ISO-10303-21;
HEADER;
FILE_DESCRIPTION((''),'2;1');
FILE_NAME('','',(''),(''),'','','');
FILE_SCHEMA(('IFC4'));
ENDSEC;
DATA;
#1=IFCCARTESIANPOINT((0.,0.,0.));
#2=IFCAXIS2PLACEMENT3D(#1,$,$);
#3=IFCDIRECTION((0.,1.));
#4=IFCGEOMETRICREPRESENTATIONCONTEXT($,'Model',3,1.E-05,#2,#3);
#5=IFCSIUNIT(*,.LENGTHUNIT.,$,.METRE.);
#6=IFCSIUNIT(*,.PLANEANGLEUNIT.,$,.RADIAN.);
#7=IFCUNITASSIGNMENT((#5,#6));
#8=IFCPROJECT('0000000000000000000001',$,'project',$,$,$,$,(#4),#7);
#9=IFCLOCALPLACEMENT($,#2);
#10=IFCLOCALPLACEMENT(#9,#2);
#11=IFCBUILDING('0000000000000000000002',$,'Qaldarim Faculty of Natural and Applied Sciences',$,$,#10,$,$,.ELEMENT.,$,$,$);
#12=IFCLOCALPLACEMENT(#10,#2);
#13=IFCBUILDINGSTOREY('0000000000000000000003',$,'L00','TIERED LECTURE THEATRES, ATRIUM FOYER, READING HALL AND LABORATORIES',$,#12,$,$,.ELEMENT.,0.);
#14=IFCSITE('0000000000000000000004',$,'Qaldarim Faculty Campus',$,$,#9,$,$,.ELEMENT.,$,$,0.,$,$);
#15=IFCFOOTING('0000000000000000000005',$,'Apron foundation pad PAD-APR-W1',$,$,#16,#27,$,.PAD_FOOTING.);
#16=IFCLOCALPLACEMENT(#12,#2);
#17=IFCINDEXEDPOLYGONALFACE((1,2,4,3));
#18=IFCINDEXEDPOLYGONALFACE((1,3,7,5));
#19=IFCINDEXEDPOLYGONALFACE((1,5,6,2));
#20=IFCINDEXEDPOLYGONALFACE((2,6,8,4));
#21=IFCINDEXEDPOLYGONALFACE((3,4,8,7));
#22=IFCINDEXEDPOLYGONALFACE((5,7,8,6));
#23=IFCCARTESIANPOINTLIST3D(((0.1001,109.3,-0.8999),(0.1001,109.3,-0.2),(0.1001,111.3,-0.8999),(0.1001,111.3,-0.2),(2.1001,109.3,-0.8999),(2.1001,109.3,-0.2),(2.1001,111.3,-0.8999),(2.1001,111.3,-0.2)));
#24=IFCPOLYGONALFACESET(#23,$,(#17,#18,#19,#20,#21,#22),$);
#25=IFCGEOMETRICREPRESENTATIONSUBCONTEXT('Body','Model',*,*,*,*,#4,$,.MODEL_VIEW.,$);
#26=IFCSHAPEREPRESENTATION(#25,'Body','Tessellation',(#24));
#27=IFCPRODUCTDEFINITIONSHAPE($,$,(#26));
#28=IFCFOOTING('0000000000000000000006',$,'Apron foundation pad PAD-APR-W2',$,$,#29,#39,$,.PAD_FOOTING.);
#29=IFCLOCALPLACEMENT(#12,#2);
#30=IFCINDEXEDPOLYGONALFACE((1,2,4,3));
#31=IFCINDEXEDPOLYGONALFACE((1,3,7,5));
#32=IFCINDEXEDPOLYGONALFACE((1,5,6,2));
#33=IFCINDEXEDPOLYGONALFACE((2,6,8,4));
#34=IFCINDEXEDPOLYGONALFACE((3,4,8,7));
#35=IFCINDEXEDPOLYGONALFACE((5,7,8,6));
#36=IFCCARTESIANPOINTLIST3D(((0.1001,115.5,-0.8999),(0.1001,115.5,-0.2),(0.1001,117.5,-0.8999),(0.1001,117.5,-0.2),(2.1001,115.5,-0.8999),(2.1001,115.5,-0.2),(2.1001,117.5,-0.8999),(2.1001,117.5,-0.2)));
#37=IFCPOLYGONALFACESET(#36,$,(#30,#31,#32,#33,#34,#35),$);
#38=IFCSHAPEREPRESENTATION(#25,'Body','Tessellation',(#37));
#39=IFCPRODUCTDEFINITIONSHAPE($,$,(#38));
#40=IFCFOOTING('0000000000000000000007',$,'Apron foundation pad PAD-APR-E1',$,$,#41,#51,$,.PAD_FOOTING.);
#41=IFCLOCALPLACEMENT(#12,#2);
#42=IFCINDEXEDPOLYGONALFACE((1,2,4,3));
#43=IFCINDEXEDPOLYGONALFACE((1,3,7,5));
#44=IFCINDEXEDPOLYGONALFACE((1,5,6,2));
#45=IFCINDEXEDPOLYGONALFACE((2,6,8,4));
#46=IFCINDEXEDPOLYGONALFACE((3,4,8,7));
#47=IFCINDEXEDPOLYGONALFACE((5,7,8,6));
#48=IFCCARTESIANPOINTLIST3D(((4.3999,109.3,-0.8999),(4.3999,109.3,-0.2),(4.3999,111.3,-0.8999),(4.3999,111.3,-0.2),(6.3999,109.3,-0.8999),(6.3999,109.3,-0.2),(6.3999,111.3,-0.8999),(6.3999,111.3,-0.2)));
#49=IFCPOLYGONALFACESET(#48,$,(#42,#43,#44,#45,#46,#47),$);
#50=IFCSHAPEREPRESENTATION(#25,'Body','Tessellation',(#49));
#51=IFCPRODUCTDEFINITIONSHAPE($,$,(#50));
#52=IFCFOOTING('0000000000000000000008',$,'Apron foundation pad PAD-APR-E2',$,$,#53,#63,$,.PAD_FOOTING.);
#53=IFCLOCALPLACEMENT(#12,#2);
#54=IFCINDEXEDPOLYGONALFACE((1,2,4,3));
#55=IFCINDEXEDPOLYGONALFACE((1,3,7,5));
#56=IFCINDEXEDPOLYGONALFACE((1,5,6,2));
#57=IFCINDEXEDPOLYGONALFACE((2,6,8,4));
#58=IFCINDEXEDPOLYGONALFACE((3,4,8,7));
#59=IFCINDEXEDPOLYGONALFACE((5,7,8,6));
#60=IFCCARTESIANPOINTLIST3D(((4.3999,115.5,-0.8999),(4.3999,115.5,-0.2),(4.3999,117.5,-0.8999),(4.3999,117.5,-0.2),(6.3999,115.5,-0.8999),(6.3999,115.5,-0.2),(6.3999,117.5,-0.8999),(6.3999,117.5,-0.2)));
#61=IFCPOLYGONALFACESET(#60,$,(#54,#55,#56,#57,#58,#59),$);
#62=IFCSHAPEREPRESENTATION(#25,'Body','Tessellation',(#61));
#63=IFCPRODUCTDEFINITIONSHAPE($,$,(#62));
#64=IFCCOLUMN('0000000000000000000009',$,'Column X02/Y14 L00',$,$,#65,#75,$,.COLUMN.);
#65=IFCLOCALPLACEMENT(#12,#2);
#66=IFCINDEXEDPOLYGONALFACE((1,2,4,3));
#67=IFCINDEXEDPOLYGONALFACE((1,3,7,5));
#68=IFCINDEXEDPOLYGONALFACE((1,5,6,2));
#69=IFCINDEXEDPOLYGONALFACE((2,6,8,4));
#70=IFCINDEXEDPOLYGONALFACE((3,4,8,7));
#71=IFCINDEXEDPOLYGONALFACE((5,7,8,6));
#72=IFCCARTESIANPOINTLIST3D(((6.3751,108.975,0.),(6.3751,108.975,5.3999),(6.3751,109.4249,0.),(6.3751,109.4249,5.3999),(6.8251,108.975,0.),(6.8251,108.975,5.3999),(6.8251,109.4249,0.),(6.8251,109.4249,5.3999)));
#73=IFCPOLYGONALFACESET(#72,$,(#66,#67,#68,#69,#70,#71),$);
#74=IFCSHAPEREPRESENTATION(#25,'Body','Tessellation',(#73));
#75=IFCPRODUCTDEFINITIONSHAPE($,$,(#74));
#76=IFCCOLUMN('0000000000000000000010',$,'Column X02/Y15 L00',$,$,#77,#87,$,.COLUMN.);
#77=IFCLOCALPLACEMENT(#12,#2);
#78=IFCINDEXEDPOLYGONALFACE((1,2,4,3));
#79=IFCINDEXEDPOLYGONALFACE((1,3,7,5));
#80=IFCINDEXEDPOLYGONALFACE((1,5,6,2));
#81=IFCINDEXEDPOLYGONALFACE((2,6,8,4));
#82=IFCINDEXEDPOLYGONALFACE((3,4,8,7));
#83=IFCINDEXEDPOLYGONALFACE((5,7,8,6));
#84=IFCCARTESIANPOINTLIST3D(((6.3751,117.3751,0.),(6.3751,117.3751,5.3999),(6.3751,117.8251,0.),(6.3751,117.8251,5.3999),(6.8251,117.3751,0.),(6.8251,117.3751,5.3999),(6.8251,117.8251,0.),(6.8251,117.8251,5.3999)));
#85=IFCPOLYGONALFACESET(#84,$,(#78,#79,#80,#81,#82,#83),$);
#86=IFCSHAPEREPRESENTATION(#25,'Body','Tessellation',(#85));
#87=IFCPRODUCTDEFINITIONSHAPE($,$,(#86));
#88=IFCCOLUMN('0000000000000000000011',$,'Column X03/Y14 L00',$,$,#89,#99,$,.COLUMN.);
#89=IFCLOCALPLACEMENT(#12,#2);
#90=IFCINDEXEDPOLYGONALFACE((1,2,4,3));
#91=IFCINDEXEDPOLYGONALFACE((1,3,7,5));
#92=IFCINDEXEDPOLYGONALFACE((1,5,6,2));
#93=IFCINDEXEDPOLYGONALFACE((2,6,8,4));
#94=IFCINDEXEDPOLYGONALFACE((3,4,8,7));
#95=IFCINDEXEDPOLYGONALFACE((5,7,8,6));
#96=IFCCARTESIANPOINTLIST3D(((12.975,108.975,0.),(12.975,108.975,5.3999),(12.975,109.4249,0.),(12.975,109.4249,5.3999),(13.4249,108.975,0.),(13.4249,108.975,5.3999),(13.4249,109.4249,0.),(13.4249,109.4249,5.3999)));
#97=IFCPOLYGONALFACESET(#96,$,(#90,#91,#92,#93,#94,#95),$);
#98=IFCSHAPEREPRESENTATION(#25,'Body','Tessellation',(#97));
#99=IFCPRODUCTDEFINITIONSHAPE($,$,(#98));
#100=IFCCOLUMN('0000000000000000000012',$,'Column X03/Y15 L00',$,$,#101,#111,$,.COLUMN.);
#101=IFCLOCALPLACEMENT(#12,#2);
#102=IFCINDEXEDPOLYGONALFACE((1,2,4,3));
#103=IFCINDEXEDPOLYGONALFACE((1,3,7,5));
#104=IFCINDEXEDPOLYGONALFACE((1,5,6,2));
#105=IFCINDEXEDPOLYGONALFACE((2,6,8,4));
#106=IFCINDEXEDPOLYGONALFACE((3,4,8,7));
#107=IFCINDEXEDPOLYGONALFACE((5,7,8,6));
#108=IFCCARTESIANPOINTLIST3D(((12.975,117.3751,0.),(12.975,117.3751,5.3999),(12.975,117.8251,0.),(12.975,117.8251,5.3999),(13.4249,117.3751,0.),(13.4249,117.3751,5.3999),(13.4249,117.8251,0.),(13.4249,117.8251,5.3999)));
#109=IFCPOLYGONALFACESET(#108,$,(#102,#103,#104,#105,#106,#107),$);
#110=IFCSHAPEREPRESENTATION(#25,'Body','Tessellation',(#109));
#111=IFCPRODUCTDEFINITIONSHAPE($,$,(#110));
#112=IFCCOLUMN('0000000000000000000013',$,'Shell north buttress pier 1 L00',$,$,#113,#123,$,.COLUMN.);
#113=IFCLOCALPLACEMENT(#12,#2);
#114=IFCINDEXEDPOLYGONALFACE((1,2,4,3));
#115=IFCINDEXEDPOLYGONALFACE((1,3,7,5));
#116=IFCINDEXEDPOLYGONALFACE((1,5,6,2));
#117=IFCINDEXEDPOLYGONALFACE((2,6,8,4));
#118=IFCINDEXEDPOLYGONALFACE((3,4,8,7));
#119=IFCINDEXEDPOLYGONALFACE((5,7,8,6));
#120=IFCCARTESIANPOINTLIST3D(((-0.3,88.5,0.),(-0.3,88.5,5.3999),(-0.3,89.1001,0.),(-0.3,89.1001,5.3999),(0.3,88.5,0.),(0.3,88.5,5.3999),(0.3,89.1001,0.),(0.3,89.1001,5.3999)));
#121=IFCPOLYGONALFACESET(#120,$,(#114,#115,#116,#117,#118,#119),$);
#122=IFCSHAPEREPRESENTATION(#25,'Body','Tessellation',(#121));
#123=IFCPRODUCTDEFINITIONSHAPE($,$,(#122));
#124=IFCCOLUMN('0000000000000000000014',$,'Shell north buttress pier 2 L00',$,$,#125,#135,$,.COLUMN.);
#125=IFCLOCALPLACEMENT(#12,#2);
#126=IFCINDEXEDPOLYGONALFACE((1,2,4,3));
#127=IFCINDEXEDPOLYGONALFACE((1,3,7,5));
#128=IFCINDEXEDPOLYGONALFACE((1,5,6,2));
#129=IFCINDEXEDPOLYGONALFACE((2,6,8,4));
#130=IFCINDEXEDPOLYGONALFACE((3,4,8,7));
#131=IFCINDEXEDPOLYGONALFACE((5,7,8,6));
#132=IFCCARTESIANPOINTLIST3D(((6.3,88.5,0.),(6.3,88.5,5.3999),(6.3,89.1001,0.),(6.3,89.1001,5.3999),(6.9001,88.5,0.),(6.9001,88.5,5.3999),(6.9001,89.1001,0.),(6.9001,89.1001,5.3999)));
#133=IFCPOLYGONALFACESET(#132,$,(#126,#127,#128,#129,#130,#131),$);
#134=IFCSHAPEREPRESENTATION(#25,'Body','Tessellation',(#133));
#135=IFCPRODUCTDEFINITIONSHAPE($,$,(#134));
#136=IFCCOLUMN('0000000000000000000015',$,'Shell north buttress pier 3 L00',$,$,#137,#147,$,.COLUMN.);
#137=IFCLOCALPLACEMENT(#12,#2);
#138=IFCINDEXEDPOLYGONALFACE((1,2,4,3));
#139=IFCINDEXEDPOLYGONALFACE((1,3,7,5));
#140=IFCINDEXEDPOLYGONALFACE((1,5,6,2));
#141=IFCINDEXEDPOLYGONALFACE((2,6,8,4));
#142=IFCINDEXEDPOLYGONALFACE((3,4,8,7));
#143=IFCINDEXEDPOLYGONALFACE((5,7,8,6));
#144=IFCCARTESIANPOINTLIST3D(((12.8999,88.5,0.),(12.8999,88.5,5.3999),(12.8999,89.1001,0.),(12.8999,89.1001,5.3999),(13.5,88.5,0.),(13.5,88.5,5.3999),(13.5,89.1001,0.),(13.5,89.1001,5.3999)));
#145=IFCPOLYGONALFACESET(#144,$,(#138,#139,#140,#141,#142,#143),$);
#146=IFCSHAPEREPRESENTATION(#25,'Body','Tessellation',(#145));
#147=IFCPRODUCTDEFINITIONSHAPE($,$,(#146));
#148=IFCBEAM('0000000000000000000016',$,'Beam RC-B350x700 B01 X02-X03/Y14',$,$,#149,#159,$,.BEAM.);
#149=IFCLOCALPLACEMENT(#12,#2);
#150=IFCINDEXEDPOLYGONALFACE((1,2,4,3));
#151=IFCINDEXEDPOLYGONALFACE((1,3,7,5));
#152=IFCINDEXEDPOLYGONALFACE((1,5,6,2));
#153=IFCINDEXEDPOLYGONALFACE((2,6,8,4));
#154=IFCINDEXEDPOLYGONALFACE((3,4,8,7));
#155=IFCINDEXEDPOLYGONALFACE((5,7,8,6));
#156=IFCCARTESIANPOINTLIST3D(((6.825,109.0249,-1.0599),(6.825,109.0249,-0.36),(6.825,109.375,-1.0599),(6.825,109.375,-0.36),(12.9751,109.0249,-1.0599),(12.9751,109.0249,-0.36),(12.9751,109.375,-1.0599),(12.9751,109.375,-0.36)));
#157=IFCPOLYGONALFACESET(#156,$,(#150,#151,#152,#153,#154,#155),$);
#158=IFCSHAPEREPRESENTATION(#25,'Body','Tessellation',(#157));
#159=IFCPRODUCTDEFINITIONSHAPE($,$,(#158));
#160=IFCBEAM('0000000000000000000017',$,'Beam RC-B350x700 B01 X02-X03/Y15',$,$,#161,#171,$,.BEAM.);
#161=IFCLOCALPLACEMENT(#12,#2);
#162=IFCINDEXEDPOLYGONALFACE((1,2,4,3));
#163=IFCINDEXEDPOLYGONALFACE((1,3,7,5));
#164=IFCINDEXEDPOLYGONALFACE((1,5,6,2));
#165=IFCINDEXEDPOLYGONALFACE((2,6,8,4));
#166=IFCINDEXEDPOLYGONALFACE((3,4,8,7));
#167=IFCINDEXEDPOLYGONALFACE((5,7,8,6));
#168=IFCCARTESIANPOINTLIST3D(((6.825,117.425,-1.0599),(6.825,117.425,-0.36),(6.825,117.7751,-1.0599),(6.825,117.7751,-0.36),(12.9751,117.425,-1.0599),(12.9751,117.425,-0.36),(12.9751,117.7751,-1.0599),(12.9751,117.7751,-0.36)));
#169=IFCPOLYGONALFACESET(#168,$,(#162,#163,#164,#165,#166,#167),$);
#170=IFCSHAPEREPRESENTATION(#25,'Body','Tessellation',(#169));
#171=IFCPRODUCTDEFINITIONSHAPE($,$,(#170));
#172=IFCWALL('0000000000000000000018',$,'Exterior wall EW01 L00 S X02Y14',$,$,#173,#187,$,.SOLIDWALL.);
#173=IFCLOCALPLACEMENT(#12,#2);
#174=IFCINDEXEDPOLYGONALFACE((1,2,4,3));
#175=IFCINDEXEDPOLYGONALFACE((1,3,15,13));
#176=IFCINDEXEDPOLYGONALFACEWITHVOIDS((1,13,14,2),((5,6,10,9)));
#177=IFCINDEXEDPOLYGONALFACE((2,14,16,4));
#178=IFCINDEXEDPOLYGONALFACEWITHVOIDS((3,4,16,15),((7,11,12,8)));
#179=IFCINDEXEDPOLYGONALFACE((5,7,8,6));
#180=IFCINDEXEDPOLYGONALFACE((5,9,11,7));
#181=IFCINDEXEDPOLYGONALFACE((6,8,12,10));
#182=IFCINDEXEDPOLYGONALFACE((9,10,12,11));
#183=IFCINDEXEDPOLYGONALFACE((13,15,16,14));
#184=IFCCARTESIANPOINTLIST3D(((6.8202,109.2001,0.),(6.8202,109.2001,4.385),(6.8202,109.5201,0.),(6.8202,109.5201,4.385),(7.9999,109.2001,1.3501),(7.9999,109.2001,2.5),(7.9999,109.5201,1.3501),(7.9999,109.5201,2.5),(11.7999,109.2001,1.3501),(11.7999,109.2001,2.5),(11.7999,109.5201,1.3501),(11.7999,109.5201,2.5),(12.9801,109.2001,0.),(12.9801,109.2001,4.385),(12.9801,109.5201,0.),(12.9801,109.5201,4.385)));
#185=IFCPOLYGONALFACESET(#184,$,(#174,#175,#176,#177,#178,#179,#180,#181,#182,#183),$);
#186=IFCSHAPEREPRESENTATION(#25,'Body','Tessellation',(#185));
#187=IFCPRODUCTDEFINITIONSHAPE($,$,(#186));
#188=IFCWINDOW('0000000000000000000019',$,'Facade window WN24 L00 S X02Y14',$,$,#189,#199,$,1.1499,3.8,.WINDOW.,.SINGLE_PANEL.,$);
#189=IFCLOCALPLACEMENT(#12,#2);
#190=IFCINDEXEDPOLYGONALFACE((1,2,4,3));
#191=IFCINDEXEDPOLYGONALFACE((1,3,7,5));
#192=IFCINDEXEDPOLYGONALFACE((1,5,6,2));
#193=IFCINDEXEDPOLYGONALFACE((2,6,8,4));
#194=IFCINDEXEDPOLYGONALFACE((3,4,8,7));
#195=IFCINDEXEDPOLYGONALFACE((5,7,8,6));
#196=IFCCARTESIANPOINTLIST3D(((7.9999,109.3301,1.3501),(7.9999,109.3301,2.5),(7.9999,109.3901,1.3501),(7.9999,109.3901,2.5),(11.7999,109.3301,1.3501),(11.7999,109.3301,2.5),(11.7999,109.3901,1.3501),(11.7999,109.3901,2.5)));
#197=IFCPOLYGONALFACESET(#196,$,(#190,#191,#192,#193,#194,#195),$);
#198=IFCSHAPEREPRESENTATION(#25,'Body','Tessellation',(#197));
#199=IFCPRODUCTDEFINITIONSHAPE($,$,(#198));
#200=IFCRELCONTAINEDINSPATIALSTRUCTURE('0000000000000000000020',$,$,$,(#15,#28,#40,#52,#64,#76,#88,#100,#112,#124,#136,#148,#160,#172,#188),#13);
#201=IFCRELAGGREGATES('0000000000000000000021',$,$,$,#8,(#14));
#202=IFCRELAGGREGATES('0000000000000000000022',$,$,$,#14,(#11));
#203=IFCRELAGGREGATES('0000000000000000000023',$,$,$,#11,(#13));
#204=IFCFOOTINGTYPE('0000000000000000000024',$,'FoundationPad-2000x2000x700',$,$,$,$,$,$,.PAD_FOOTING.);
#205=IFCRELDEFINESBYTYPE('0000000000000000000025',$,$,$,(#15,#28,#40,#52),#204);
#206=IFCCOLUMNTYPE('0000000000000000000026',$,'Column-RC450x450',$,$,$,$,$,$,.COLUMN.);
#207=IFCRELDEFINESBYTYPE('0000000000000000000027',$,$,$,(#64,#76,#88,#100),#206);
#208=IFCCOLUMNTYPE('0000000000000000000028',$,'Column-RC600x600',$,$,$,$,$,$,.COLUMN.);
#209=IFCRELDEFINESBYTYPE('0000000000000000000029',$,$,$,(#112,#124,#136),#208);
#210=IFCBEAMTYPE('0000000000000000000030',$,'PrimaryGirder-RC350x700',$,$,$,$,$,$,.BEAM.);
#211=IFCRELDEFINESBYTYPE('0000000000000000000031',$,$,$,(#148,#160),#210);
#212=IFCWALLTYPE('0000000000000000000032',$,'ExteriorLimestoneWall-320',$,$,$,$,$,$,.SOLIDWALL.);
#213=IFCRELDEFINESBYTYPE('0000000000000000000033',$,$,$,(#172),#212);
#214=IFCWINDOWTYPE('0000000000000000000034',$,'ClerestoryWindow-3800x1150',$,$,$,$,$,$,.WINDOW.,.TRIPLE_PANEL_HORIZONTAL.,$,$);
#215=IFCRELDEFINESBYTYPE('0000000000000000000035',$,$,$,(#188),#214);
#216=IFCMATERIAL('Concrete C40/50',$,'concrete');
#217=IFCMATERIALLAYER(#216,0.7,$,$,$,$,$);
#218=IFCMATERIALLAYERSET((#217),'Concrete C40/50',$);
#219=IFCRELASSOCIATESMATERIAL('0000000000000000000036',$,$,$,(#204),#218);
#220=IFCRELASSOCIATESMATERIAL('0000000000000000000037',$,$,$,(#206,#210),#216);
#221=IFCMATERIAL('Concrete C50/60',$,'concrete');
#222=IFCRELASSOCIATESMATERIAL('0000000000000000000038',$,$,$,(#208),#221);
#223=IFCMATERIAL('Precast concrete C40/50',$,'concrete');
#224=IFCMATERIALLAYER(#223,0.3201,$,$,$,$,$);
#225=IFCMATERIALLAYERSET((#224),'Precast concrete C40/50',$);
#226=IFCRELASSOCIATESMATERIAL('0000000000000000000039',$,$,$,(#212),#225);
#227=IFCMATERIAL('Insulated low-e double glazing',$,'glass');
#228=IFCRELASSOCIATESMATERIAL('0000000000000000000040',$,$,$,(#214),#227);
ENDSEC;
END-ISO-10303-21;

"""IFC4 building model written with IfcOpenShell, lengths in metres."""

from ifc_helpers import new_model, si_unit, direction, frame, frame_2d, origin, origin_2d, place, context, subcontext, project, spatial, rectangle, extrude, material, layer, layer_set, material_profile, profile_set, type_object, element, fill, save


model = new_model("IFC4")

# Units and contexts
model_context = context("Model", 3, precision=1e-05, world=origin(), true_north=direction((0.0, 1.0)))
body_context = subcontext(model_context, "Body", "Model", "MODEL_VIEW")
ifc_project = project(units=[si_unit("LENGTHUNIT", "METRE"), si_unit("PLANEANGLEUNIT", "RADIAN")], contexts=[model_context])

# Site, building, storey
site_placement = place(None, origin())
site = spatial("IfcSite", under=ifc_project, at=site_placement, Name="Qaldarim Faculty Campus", CompositionType="ELEMENT", RefElevation=0.0)
building_placement = place(site_placement, origin())
building = spatial("IfcBuilding", under=site, at=building_placement, Name="Qaldarim Faculty of Natural and Applied Sciences", CompositionType="ELEMENT")
storey_placement = place(building_placement, origin())
storey = spatial("IfcBuildingStorey", under=building, at=storey_placement, Name="L00", Description="TIERED LECTURE THEATRES, ATRIUM FOYER, READING HALL AND LABORATORIES", CompositionType="ELEMENT", Elevation=0.0)

# Footings
ifc_material_1 = material(Name="Concrete C40/50", Category="concrete")
ifc_layer_1 = layer(ifc_material_1, 0.7)
ifc_layer_set_1 = layer_set([ifc_layer_1], Name="Concrete C40/50")
footing_type = type_object("IfcFootingType", Name="FoundationPad-2000x2000x700", PredefinedType="PAD_FOOTING", material=ifc_layer_set_1)
for number, where, z_axis, x_axis, name in (
    (1, (1.1001, 110.3, -0.8999), (0.0, 0.0, 1.0), (1.0, 0.0, 0.0), "Apron foundation pad PAD-APR-W1"),
    (2, (1.1001, 116.5, -0.8999), (0.0, 0.0, 1.0), (1.0, 0.0, 0.0), "Apron foundation pad PAD-APR-W2"),
    (3, (5.3999, 110.3, -0.8999), (0.0, 0.0, 1.0), (1.0, 0.0, 0.0), "Apron foundation pad PAD-APR-E1"),
    (4, (5.3999, 116.5, -0.8999), (0.0, 0.0, 1.0), (1.0, 0.0, 0.0), "Apron foundation pad PAD-APR-E2"),
):
    element("IfcFooting", number, at=place(storey_placement, frame(where, z_axis=z_axis, x_axis=x_axis)), inside=storey, type_object=footing_type, Name=name, PredefinedType="PAD_FOOTING", context=body_context, shape_type="SweptSolid", body=[
        extrude(rectangle(XDim=2.0, YDim=2.0, at=origin_2d()), origin(), (0.0, 0.0, 1.0), 0.7),
    ])

# Columns
ifc_material_profile_1 = material_profile(ifc_material_1, rectangle(XDim=0.45, YDim=0.45, at=origin_2d()), Name="RC-C450x450")
ifc_profile_set_1 = profile_set([ifc_material_profile_1], Name="Concrete C40/50")
column_type_1 = type_object("IfcColumnType", Name="Column-RC450x450", PredefinedType="COLUMN", material=ifc_profile_set_1)
for number, where, z_axis, x_axis, name in (
    (5, (6.6001, 109.2, 0.0), (0.0, 0.0, 1.0), (1.0, 0.0, 0.0), "Column X02/Y14 L00"),
    (6, (6.6001, 117.6001, 0.0), (0.0, 0.0, 1.0), (1.0, 0.0, 0.0), "Column X02/Y15 L00"),
    (7, (13.2, 109.2, 0.0), (0.0, 0.0, 1.0), (1.0, 0.0, 0.0), "Column X03/Y14 L00"),
    (8, (13.2, 117.6001, 0.0), (0.0, 0.0, 1.0), (1.0, 0.0, 0.0), "Column X03/Y15 L00"),
):
    element("IfcColumn", number, at=place(storey_placement, frame(where, z_axis=z_axis, x_axis=x_axis)), inside=storey, type_object=column_type_1, Name=name, PredefinedType="COLUMN", context=body_context, shape_type="SweptSolid", body=[
        extrude(rectangle(XDim=0.45, YDim=0.45, at=origin_2d()), origin(), (0.0, 0.0, 1.0), 5.3999),
    ])
ifc_material_2 = material(Name="Concrete C50/60", Category="concrete")
ifc_material_profile_2 = material_profile(ifc_material_2, rectangle(XDim=0.6001, YDim=0.6001, at=origin_2d()), Name="RC-C600x600")
ifc_profile_set_2 = profile_set([ifc_material_profile_2], Name="Concrete C50/60")
column_type_2 = type_object("IfcColumnType", Name="Column-RC600x600", PredefinedType="COLUMN", material=ifc_profile_set_2)
for number, where, z_axis, x_axis, name in (
    (9, (0.0, 88.8, 0.0), (0.0, 0.0, 1.0), (1.0, 0.0, 0.0), "Shell north buttress pier 1 L00"),
    (10, (6.6001, 88.8, 0.0), (0.0, 0.0, 1.0), (1.0, 0.0, 0.0), "Shell north buttress pier 2 L00"),
    (11, (13.2, 88.8, 0.0), (0.0, 0.0, 1.0), (1.0, 0.0, 0.0), "Shell north buttress pier 3 L00"),
):
    element("IfcColumn", number, at=place(storey_placement, frame(where, z_axis=z_axis, x_axis=x_axis)), inside=storey, type_object=column_type_2, Name=name, PredefinedType="COLUMN", context=body_context, shape_type="SweptSolid", body=[
        extrude(rectangle(XDim=0.6001, YDim=0.6001, at=origin_2d()), origin(), (0.0, 0.0, 1.0), 5.3999),
    ])

# Beams
ifc_material_profile_3 = material_profile(ifc_material_1, rectangle(XDim=0.3501, YDim=0.7, at=origin_2d()), Name="RC-B350x700")
ifc_profile_set_3 = profile_set([ifc_material_profile_3], Name="Concrete C40/50")
beam_type = type_object("IfcBeamType", Name="PrimaryGirder-RC350x700", PredefinedType="BEAM", material=ifc_profile_set_3)
for number, where, z_axis, x_axis, name in (
    (12, (6.825, 109.2, -0.71), (1.0, 0.0, 0.0), (0.0, 1.0, 0.0), "Beam RC-B350x700 B01 X02-X03/Y14"),
    (13, (6.825, 117.6001, -0.71), (1.0, 0.0, 0.0), (0.0, 1.0, 0.0), "Beam RC-B350x700 B01 X02-X03/Y15"),
):
    element("IfcBeam", number, at=place(storey_placement, frame(where, z_axis=z_axis, x_axis=x_axis)), inside=storey, type_object=beam_type, Name=name, PredefinedType="BEAM", context=body_context, shape_type="SweptSolid", body=[
        extrude(rectangle(XDim=0.3501, YDim=0.7, at=origin_2d()), origin(), (0.0, 0.0, 1.0), 6.1501),
    ])

# Wall, opening, window
ifc_material_3 = material(Name="Precast concrete C40/50", Category="concrete")
ifc_layer_2 = layer(ifc_material_3, 0.3201)
ifc_layer_set_2 = layer_set([ifc_layer_2], Name="Precast concrete C40/50")
wall_type = type_object("IfcWallType", Name="ExteriorLimestoneWall-320", PredefinedType="SOLIDWALL", material=ifc_layer_set_2)
wall_1_placement = place(storey_placement, frame((6.8201, 109.3601, 0.0), z_axis=(0.0, 0.0, 1.0), x_axis=(1.0, 0.0, 0.0)))
wall_1 = element("IfcWall", 14, at=wall_1_placement, inside=storey, type_object=wall_type, Name="Exterior wall EW01 L00 S X02Y14", PredefinedType="SOLIDWALL", context=body_context, shape_type="SweptSolid", body=[
    extrude(rectangle(XDim=6.1599, YDim=0.3201, at=frame_2d((3.0801, 0.0))), origin(), (0.0, 0.0, 1.0), 4.385),
])
opening_1_placement = place(wall_1_placement, frame((1.1799, 0.0, 1.3501)))
opening_1 = element("IfcOpeningElement", 15, at=opening_1_placement, cuts=wall_1, PredefinedType="OPENING", context=body_context, shape_type="SweptSolid", body=[
    extrude(rectangle(XDim=3.8, YDim=1.1499, at=frame_2d((1.8999, 0.575))), frame((0.0, 0.1699, 0.0), z_axis=(0.0, -1.0, 0.0), x_axis=(1.0, 0.0, 0.0)), (0.0, 0.0, 1.0), 0.3401),
])
ifc_material_4 = material(Name="Insulated low-e double glazing", Category="glass")
window_type_1 = type_object("IfcWindowType", Name="ClerestoryWindow-3800x1150", PartitioningType="TRIPLE_PANEL_HORIZONTAL", PredefinedType="WINDOW", material=ifc_material_4)
window_1_placement = place(opening_1_placement, origin())
window_1 = element("IfcWindow", 16, at=window_1_placement, inside=storey, type_object=window_type_1, Name="Facade window WN24 L00 S X02Y14", OverallHeight=1.1499, OverallWidth=3.8, PartitioningType="SINGLE_PANEL", PredefinedType="WINDOW", context=body_context, shape_type="SweptSolid", body=[
    extrude(rectangle(XDim=3.8, YDim=1.1499, at=frame_2d((1.8999, 0.575))), frame((0.0, 0.03, 0.0), z_axis=(0.0, -1.0, 0.0), x_axis=(1.0, 0.0, 0.0)), (0.0, 0.0, 1.0), 0.0601),
])
fill(opening_1, window_1)

save(model, "model.ifc")
